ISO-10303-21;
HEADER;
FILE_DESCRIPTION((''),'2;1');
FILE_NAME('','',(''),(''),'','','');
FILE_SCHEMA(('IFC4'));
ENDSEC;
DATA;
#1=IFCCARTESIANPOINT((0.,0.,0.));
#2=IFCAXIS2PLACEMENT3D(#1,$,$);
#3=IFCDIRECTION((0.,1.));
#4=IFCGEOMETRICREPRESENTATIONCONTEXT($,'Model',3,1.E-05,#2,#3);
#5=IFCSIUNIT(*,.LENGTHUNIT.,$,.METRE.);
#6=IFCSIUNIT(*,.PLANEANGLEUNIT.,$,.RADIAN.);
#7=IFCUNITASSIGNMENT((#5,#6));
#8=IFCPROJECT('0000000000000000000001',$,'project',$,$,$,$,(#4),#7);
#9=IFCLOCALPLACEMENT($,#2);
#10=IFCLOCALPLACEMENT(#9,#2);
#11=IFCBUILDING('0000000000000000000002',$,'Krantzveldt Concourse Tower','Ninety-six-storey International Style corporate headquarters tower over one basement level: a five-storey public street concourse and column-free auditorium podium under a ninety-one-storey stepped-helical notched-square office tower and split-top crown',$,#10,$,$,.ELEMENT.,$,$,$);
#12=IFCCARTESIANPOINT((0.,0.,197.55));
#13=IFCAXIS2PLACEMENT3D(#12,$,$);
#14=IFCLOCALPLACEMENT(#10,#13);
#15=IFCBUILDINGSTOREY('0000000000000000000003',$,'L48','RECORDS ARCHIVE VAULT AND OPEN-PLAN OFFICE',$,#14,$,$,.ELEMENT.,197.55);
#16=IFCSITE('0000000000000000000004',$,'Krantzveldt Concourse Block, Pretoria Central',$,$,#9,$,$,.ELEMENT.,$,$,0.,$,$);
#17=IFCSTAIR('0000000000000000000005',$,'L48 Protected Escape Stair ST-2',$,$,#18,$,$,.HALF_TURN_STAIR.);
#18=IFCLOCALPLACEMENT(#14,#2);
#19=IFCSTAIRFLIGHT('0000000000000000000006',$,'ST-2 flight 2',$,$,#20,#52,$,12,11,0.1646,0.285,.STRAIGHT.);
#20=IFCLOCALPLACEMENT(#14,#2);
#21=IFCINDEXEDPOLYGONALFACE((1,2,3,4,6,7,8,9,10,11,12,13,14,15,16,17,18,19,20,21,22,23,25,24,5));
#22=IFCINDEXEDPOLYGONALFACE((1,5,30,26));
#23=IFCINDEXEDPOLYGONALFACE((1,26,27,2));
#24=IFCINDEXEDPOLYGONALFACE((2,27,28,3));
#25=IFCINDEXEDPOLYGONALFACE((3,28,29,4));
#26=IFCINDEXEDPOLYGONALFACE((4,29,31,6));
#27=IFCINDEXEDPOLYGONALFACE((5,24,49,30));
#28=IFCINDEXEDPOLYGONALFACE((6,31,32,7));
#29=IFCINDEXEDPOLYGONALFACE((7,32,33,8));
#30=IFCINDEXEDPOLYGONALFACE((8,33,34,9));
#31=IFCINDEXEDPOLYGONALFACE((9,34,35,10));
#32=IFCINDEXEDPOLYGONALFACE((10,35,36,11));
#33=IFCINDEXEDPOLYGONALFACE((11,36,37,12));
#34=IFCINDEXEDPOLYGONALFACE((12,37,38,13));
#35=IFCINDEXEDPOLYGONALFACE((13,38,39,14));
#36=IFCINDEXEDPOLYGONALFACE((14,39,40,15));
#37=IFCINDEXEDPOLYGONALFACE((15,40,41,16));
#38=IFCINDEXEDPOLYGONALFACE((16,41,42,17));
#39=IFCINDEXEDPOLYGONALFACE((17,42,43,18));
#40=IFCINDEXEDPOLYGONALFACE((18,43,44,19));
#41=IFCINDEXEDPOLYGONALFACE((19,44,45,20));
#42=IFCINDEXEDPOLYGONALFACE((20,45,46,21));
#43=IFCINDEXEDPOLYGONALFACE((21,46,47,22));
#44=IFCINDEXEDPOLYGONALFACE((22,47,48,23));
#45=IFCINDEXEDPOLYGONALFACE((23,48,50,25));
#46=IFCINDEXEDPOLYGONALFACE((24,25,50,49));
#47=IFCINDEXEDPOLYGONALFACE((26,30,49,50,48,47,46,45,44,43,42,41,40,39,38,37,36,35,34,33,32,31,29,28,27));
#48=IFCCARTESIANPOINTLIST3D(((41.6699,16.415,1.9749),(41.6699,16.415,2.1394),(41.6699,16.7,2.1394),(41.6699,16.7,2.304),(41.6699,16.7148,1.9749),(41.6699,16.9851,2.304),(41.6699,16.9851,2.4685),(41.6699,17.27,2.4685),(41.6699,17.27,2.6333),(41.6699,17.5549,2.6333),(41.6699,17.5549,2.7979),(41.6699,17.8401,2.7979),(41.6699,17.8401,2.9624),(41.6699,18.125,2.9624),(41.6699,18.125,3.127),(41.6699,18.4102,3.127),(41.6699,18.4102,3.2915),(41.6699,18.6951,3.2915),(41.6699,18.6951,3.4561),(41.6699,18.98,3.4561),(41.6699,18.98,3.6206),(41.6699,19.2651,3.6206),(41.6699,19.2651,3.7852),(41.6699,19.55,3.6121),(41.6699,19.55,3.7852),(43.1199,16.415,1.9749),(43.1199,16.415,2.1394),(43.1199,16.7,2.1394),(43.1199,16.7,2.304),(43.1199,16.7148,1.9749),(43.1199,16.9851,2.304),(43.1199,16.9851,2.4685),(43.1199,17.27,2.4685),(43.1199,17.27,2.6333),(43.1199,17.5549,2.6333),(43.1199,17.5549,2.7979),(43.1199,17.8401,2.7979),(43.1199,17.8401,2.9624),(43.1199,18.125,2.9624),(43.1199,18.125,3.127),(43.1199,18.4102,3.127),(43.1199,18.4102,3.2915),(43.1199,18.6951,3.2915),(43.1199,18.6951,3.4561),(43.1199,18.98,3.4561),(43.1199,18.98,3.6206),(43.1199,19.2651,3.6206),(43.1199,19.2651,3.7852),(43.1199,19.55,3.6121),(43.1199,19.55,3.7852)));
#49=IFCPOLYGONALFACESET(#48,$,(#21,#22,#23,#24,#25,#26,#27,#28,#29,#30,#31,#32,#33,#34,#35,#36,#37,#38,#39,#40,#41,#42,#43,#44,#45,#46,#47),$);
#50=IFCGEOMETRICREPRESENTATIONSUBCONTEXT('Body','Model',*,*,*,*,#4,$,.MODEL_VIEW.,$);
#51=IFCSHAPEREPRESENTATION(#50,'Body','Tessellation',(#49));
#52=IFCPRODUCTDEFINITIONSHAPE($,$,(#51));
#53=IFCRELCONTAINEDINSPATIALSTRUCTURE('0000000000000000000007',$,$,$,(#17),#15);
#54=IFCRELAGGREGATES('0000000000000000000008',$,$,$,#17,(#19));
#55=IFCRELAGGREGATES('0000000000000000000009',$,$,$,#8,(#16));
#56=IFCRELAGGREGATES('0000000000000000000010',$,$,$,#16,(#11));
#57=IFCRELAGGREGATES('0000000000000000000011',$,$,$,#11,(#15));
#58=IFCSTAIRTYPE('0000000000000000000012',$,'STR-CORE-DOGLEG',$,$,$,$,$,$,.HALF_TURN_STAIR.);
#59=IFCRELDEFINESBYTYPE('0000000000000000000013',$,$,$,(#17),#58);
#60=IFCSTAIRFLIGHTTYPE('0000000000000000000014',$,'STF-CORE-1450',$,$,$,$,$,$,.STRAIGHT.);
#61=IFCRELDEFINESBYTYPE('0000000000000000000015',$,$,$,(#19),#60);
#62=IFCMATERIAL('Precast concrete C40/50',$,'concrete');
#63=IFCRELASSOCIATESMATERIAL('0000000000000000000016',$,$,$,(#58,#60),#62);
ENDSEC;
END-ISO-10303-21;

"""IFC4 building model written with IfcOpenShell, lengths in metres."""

from ifc_helpers import new_model, si_unit, direction, frame, origin, place, context, subcontext, project, spatial, polyline, outline, extrude, material, type_object, element, aggregate, save


model = new_model("IFC4")

# Units and contexts
model_context = context("Model", 3, precision=1e-05, world=origin(), true_north=direction((0.0, 1.0)))
body_context = subcontext(model_context, "Body", "Model", "MODEL_VIEW")
ifc_project = project(units=[si_unit("LENGTHUNIT", "METRE"), si_unit("PLANEANGLEUNIT", "RADIAN")], contexts=[model_context])

# Site, building, storey
site_placement = place(None, origin())
site = spatial("IfcSite", under=ifc_project, at=site_placement, Name="Krantzveldt Concourse Block, Pretoria Central", CompositionType="ELEMENT", RefElevation=0.0)
building_placement = place(site_placement, origin())
building = spatial("IfcBuilding", under=site, at=building_placement, Name="Krantzveldt Concourse Tower", Description="Ninety-six-storey International Style corporate headquarters tower over one basement level: a five-storey public street concourse and column-free auditorium podium under a ninety-one-storey stepped-helical notched-square office tower and split-top crown", CompositionType="ELEMENT")
storey_placement = place(building_placement, frame((0.0, 0.0, 197.55)))
storey = spatial("IfcBuildingStorey", under=building, at=storey_placement, Name="L48", Description="RECORDS ARCHIVE VAULT AND OPEN-PLAN OFFICE", CompositionType="ELEMENT", Elevation=197.55)

# Stair, stair flight
ifc_material_1 = material(Name="Precast concrete C40/50", Category="concrete")
stair_type = type_object("IfcStairType", Name="STR-CORE-DOGLEG", PredefinedType="HALF_TURN_STAIR", material=ifc_material_1)
stair_placement = place(storey_placement, origin())
stair = element("IfcStair", 1, at=stair_placement, inside=storey, type_object=stair_type, Name="L48 Protected Escape Stair ST-2", PredefinedType="HALF_TURN_STAIR")
stair_flight_type = type_object("IfcStairFlightType", Name="STF-CORE-1450", PredefinedType="STRAIGHT", material=ifc_material_1)
stair_flight_1_placement = place(storey_placement, frame((42.395, 16.415, 1.9749), z_axis=(0.0, 0.0, 1.0), x_axis=(0.0, 1.0, 0.0)))
stair_flight_1 = element("IfcStairFlight", 2, at=stair_flight_1_placement, type_object=stair_flight_type, Name="ST-2 flight 2", NumberOfRisers=12, NumberOfTreads=11, PredefinedType="STRAIGHT", RiserHeight=0.1646, TreadLength=0.285, context=body_context, shape_type="SweptSolid", body=[
    extrude(outline(polyline([(0.0, 0.0), (0.0, 0.1646), (0.2849, 0.1646), (0.2849, 0.3291), (0.5701, 0.3291), (0.5701, 0.4937), (0.855, 0.4937), (0.855, 0.6584), (1.1399, 0.6584), (1.1399, 0.823), (1.425, 0.823), (1.425, 0.9875), (1.71, 0.9875), (1.71, 1.1521), (1.9951, 1.1521), (1.9951, 1.3167), (2.28, 1.3167), (2.28, 1.4812), (2.5649, 1.4812), (2.5649, 1.6458), (2.8501, 1.6458), (2.8501, 1.8103), (3.135, 1.8103), (3.135, 1.9751), (3.135, 1.6372), (0.2998, 0.0), (0.0, 0.0)])), frame((0.0, 0.7251, 0.0), z_axis=(0.0, -1.0, 0.0), x_axis=(1.0, 0.0, 0.0)), (0.0, 0.0, 1.0), 1.45),
])
aggregate(stair, [stair_flight_1])

save(model, "model.ifc")
